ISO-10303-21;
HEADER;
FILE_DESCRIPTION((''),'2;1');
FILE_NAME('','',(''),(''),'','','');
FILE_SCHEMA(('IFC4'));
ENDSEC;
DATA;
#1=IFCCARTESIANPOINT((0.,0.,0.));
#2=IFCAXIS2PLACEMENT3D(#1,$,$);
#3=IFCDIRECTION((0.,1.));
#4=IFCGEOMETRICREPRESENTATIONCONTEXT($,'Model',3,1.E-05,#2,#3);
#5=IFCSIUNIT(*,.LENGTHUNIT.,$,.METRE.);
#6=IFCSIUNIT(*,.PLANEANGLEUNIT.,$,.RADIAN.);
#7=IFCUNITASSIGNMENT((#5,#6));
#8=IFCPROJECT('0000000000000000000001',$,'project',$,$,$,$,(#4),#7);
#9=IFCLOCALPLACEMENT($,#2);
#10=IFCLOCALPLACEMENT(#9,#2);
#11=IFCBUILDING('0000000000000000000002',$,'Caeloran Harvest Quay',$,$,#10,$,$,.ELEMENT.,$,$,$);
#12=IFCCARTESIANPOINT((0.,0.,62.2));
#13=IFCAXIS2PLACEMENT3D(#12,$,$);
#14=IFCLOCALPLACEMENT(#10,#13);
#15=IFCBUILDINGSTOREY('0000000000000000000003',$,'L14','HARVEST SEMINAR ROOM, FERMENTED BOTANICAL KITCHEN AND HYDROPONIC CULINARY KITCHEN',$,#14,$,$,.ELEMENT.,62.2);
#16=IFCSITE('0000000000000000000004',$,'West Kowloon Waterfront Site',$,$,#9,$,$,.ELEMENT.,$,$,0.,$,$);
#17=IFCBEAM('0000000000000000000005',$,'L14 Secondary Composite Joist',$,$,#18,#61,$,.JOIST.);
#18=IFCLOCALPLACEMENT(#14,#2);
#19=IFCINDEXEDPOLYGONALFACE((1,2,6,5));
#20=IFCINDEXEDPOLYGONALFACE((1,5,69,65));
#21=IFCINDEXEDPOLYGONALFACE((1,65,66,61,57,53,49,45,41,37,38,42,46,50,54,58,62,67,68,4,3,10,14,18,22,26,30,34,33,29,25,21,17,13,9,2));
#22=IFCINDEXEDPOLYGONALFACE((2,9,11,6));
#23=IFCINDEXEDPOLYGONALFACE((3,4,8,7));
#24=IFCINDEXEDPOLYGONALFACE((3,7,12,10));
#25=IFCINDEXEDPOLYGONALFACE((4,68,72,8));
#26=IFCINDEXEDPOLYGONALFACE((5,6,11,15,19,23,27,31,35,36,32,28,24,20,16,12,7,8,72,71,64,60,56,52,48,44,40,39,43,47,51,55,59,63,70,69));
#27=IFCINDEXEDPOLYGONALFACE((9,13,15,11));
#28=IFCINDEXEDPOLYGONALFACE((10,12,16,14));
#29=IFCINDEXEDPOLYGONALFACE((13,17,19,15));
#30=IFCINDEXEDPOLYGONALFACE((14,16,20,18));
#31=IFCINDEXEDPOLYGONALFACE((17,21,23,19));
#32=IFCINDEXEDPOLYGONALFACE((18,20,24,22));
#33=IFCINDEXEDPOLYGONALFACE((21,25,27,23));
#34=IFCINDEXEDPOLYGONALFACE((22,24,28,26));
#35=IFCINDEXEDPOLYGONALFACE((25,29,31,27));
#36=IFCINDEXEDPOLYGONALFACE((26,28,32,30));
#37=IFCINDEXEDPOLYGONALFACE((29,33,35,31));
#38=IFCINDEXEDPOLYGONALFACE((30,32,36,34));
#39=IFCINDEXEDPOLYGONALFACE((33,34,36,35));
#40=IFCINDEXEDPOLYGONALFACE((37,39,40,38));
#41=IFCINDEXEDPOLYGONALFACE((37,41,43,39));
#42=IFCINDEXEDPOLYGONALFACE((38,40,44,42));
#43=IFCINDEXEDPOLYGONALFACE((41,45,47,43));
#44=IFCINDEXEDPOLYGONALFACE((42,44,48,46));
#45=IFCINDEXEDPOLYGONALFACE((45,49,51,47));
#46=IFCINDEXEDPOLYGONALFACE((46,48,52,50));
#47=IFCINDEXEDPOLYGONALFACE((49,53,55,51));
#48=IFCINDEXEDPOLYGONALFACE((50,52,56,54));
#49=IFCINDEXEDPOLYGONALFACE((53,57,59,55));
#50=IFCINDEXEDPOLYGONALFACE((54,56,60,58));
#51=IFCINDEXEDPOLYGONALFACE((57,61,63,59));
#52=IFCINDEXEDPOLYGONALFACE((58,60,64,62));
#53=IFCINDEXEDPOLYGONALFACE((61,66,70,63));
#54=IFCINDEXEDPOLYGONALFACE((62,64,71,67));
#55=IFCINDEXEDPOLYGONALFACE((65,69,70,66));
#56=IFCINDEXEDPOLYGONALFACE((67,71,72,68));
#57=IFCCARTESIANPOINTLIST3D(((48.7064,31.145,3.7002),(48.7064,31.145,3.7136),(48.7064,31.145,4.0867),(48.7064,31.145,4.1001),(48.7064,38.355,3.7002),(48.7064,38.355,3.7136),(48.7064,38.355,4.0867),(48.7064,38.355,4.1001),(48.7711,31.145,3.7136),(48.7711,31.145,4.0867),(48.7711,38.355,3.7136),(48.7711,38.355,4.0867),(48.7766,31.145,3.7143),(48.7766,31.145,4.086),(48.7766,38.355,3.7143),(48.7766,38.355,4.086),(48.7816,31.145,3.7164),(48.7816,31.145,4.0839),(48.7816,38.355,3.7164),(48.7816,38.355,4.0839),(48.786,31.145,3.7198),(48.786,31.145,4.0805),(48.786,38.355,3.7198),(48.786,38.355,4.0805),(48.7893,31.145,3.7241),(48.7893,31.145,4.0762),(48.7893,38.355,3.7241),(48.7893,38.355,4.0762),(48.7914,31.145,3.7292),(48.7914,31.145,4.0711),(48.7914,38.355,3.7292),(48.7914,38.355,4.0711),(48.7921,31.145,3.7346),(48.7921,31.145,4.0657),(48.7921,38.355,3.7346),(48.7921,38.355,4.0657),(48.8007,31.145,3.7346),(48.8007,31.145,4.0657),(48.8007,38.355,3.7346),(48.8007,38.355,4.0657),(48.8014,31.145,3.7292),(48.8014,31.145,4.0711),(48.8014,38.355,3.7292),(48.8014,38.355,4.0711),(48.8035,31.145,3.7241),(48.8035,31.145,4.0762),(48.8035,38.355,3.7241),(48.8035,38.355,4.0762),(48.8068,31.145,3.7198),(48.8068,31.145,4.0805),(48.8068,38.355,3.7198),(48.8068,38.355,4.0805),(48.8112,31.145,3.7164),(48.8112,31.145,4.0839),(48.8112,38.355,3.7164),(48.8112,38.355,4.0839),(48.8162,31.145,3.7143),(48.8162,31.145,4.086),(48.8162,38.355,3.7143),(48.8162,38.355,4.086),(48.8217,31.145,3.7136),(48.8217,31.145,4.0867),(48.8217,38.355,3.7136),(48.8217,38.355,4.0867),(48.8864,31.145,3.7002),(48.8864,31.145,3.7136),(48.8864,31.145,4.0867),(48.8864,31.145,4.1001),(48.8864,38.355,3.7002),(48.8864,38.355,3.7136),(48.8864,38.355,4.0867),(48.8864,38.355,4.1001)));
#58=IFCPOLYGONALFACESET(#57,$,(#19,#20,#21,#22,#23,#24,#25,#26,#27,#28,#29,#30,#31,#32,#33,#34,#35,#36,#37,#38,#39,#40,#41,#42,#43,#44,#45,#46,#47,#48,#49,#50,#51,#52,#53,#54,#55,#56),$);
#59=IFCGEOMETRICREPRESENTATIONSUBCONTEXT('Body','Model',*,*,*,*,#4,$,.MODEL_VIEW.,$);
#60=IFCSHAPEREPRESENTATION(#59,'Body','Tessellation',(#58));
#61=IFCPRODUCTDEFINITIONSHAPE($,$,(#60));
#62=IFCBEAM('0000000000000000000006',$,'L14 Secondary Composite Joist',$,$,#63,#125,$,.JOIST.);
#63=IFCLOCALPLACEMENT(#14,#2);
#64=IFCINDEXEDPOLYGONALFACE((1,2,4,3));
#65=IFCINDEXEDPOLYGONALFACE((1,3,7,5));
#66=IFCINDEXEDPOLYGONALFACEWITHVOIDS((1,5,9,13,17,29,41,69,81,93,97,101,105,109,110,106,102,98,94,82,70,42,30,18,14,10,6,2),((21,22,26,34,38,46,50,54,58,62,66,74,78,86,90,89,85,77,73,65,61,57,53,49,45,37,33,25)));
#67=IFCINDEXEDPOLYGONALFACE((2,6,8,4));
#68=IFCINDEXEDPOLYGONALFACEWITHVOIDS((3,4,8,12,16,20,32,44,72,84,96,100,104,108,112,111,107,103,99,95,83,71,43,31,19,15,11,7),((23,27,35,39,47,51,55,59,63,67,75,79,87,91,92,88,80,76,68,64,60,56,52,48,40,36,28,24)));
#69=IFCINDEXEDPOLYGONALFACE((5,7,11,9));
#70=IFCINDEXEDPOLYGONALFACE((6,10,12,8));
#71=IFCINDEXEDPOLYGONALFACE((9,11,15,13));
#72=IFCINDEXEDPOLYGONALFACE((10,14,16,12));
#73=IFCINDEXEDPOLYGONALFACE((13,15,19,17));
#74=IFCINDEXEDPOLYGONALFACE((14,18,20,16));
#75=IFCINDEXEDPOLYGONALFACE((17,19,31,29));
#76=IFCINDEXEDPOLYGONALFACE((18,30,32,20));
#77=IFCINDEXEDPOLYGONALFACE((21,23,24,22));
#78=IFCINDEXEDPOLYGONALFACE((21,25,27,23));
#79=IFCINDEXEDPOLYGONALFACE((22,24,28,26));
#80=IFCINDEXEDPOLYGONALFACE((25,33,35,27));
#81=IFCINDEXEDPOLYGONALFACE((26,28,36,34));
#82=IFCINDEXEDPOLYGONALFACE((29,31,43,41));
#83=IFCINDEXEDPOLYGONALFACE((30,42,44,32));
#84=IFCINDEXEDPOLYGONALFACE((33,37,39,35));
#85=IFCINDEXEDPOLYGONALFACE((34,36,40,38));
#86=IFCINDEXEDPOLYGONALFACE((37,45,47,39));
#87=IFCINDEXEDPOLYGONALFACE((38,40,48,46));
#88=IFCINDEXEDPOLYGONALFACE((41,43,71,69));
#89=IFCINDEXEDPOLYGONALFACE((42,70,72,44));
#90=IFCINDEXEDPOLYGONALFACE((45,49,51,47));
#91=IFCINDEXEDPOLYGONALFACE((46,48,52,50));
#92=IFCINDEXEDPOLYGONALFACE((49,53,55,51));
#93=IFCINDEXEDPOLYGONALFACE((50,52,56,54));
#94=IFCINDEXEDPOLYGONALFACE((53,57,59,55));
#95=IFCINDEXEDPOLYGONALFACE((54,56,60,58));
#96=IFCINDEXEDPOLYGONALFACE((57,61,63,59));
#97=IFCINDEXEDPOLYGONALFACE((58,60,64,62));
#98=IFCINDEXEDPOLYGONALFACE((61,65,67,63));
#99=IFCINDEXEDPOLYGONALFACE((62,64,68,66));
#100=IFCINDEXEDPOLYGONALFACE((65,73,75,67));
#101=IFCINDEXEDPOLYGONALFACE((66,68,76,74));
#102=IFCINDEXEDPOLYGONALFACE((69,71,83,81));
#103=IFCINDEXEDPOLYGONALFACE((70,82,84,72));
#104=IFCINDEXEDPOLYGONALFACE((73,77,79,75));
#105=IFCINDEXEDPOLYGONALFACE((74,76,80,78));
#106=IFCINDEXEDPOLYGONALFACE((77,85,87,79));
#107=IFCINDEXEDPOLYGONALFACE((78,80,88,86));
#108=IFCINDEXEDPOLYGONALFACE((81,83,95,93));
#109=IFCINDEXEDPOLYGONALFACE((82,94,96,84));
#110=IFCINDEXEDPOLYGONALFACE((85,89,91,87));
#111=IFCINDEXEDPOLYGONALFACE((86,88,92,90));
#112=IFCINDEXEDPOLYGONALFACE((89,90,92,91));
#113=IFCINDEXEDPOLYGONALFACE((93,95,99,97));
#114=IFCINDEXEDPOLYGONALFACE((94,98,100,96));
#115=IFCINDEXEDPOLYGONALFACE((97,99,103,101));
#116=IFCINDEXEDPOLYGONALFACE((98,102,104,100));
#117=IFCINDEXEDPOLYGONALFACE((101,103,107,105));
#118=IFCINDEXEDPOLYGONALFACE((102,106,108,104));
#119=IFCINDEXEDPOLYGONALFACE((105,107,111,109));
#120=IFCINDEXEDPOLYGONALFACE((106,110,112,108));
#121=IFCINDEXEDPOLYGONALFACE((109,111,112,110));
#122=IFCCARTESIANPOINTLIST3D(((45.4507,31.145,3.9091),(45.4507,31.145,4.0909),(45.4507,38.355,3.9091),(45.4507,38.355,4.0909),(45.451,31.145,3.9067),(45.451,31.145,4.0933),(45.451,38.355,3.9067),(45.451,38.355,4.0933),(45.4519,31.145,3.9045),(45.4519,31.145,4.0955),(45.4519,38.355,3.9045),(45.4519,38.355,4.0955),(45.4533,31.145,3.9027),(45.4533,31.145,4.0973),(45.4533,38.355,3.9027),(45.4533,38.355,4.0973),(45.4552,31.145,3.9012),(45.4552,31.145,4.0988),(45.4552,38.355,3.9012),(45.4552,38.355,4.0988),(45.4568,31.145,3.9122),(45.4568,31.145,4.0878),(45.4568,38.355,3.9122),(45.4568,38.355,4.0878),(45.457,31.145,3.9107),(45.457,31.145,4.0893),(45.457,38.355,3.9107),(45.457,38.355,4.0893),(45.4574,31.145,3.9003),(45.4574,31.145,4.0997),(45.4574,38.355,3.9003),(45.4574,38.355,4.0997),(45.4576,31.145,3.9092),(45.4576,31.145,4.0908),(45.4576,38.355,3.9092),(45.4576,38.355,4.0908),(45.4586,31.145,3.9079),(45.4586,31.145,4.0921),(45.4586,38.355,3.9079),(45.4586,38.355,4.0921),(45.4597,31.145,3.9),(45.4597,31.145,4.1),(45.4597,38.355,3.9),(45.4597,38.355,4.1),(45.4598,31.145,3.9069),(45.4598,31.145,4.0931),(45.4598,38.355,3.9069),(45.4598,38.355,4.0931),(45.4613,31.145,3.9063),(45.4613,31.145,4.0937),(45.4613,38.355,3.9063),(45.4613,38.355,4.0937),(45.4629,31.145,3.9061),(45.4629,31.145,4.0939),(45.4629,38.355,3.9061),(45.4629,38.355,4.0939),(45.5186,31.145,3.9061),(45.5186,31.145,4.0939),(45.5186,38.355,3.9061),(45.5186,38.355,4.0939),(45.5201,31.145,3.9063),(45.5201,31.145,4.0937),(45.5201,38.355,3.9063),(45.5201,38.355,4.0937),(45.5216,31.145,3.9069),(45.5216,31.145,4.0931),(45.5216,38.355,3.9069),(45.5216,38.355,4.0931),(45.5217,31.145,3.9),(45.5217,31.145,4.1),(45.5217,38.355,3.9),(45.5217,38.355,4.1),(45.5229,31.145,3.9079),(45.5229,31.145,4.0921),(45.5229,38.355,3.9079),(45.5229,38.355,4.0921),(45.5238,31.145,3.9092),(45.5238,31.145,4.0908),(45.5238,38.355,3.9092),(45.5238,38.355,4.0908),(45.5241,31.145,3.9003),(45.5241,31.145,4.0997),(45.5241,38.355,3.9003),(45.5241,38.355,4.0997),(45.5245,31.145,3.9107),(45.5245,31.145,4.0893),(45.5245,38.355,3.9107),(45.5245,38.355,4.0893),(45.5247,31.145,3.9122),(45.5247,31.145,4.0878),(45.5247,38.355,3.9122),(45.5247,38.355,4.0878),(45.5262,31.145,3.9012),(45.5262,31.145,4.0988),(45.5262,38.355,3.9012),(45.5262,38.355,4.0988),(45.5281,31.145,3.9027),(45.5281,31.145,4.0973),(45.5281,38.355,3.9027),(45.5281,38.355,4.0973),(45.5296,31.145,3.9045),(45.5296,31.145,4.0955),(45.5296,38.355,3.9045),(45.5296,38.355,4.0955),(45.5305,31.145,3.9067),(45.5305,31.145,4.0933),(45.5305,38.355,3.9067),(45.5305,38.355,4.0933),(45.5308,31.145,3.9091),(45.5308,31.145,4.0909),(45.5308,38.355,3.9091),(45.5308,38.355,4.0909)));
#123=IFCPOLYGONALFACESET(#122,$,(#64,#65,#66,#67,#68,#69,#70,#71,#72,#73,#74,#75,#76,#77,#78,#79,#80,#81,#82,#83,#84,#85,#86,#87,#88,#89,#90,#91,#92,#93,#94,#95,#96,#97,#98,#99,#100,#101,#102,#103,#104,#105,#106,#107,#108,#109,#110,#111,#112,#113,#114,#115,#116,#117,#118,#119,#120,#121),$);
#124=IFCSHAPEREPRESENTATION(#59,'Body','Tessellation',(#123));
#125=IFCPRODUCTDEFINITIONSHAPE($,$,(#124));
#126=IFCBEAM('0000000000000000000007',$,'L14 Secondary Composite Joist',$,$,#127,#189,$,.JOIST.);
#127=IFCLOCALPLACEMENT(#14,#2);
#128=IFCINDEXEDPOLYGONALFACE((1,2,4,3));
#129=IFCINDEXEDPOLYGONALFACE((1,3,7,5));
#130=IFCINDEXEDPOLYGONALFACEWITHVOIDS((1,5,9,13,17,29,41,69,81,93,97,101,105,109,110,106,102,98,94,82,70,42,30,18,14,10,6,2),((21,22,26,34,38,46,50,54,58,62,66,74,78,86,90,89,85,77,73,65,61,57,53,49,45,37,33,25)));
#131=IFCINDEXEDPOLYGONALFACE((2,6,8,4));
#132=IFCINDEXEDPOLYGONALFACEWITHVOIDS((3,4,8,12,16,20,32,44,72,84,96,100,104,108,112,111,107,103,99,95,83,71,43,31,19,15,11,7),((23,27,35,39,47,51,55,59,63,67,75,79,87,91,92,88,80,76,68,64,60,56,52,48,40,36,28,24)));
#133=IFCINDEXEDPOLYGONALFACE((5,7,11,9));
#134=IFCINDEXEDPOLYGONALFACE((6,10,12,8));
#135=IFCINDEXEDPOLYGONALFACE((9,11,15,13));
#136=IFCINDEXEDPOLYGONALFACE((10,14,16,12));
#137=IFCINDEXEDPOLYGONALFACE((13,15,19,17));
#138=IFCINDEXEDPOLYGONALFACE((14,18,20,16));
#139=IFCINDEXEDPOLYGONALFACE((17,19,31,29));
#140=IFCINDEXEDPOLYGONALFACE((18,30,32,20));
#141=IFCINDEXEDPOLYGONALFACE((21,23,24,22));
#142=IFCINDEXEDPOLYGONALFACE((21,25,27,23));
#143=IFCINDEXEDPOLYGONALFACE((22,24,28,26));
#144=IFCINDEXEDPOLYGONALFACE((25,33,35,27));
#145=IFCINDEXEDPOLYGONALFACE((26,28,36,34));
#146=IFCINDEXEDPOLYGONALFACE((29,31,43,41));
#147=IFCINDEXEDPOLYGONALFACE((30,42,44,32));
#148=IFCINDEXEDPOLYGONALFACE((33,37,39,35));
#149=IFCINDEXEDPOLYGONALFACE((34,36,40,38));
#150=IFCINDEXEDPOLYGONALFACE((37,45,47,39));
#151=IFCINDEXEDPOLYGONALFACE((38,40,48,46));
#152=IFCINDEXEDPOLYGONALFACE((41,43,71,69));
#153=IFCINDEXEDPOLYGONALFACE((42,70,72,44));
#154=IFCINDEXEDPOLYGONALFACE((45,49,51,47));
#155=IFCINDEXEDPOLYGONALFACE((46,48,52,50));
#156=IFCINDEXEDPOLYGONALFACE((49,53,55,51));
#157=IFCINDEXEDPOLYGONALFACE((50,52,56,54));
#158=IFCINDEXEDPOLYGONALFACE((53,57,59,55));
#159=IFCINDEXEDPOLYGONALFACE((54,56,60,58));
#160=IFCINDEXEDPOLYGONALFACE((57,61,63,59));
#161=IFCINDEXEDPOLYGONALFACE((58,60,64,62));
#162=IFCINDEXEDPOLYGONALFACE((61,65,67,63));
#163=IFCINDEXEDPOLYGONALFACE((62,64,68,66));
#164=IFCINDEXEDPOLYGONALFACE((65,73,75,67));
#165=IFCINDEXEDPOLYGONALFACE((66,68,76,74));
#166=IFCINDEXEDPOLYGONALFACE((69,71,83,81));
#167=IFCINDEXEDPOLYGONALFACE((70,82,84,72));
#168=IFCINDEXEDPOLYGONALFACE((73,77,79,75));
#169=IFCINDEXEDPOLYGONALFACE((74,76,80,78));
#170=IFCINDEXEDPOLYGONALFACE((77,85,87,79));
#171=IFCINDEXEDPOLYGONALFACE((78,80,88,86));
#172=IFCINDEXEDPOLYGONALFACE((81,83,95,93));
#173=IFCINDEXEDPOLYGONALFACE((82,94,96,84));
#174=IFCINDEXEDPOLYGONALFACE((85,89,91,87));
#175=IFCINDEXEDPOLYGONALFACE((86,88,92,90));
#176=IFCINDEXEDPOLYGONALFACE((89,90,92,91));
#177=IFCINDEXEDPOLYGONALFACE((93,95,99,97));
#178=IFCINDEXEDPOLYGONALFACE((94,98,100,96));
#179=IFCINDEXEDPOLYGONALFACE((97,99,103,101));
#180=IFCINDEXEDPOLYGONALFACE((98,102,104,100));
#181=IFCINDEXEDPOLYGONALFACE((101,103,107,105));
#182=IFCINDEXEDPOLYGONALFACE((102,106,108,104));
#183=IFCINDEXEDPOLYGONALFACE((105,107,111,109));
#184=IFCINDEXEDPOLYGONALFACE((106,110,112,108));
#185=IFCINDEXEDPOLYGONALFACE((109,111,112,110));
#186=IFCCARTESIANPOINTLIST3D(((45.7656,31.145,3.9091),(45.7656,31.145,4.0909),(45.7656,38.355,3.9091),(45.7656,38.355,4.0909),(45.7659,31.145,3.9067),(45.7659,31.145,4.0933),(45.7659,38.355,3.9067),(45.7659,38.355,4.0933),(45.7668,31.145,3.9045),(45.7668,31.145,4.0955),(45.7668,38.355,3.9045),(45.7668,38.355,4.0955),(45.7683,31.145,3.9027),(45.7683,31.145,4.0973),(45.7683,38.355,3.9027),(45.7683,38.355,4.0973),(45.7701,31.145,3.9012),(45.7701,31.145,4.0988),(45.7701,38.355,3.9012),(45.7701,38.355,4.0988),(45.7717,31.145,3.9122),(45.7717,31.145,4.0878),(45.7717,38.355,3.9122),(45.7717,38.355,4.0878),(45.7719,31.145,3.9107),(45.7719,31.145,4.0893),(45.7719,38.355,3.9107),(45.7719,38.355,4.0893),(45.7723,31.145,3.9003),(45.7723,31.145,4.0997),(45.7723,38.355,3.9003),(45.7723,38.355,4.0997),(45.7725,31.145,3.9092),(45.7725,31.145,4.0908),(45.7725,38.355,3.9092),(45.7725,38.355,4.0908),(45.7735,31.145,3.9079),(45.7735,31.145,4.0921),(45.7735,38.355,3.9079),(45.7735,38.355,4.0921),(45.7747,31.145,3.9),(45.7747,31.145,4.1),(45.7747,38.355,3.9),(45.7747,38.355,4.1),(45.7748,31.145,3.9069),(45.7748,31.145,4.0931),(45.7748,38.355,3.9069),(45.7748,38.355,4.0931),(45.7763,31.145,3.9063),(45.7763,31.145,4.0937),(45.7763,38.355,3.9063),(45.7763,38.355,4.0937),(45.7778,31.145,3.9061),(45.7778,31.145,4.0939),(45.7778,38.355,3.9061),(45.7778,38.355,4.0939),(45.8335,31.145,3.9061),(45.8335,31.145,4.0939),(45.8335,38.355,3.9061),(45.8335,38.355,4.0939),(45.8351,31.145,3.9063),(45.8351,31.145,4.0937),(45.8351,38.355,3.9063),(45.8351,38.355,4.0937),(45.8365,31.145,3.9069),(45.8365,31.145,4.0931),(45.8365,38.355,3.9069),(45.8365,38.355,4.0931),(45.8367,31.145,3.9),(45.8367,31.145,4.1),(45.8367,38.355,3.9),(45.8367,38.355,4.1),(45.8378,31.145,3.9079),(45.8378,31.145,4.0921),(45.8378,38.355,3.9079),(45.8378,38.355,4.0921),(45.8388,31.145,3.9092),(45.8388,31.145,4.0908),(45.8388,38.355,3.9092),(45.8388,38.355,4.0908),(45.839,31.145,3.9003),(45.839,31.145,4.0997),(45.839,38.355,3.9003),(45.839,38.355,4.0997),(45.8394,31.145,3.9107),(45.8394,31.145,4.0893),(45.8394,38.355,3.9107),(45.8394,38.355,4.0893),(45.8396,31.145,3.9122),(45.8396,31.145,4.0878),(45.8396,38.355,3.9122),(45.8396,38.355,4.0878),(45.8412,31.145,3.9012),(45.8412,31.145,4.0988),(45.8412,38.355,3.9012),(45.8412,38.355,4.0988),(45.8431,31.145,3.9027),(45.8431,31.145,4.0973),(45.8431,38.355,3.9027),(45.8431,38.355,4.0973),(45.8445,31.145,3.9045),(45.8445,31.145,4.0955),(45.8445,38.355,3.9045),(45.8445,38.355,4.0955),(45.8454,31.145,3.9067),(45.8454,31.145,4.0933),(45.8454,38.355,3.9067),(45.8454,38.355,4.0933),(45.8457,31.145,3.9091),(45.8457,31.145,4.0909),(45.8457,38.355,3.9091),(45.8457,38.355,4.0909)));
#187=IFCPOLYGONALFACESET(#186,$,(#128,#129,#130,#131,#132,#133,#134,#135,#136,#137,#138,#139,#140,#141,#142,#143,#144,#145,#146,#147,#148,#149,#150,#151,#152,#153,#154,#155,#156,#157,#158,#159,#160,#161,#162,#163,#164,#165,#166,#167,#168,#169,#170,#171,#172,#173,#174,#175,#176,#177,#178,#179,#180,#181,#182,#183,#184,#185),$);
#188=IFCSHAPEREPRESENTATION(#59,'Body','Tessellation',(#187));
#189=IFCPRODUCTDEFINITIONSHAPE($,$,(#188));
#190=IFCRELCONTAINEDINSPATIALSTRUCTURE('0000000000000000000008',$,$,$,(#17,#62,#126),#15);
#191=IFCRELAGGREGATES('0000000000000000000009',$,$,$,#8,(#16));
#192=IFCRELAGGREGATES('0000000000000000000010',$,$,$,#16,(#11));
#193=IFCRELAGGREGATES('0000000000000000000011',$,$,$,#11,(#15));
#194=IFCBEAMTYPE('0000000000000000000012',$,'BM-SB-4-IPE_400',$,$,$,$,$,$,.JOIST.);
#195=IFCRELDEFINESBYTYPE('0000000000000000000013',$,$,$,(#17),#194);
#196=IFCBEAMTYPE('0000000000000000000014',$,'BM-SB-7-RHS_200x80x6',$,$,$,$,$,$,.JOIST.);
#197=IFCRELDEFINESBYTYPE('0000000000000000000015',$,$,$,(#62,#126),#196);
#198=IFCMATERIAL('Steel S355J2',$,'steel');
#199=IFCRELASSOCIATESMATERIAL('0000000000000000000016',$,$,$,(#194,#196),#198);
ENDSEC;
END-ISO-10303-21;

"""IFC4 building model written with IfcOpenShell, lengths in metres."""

from ifc_helpers import new_model, si_unit, direction, frame, origin, origin_2d, place, context, subcontext, project, spatial, hollow_rectangle, i_section, extrude, material, material_profile, profile_set, type_object, element, save


model = new_model("IFC4")

# Units and contexts
model_context = context("Model", 3, precision=1e-05, world=origin(), true_north=direction((0.0, 1.0)))
body_context = subcontext(model_context, "Body", "Model", "MODEL_VIEW")
ifc_project = project(units=[si_unit("LENGTHUNIT", "METRE"), si_unit("PLANEANGLEUNIT", "RADIAN")], contexts=[model_context])

# Site, building, storey
site_placement = place(None, origin())
site = spatial("IfcSite", under=ifc_project, at=site_placement, Name="West Kowloon Waterfront Site", CompositionType="ELEMENT", RefElevation=0.0)
building_placement = place(site_placement, origin())
building = spatial("IfcBuilding", under=site, at=building_placement, Name="Caeloran Harvest Quay", CompositionType="ELEMENT")
storey_placement = place(building_placement, frame((0.0, 0.0, 62.2)))
storey = spatial("IfcBuildingStorey", under=building, at=storey_placement, Name="L14", Description="HARVEST SEMINAR ROOM, FERMENTED BOTANICAL KITCHEN AND HYDROPONIC CULINARY KITCHEN", CompositionType="ELEMENT", Elevation=62.2)

# Beams
ifc_material_1 = material(Name="Steel S355J2", Category="steel")
ifc_material_profile_1 = material_profile(ifc_material_1, i_section(OverallWidth=0.1799, OverallDepth=0.3999, WebThickness=0.0085, FlangeThickness=0.0134, FilletRadius=0.021, at=origin_2d()), Name="IPE 400")
ifc_profile_set_1 = profile_set([ifc_material_profile_1], Name="Steel S355J2")
beam_type_1 = type_object("IfcBeamType", Name="BM-SB-4-IPE_400", PredefinedType="JOIST", material=ifc_profile_set_1)
for number, where, z_axis, x_axis, name in (
    (1, (48.7964, 31.145, 3.9001), (0.0, 1.0, 0.0), (-1.0, 0.0, 0.0), "L14 Secondary Composite Joist"),
):
    element("IfcBeam", number, at=place(storey_placement, frame(where, z_axis=z_axis, x_axis=x_axis)), inside=storey, type_object=beam_type_1, Name=name, PredefinedType="JOIST", context=body_context, shape_type="SweptSolid", body=[
        extrude(i_section(OverallWidth=0.1799, OverallDepth=0.3999, WebThickness=0.0085, FlangeThickness=0.0134, FilletRadius=0.021, at=origin_2d()), origin(), (0.0, 0.0, 1.0), 7.21),
    ])
ifc_material_profile_2 = material_profile(ifc_material_1, hollow_rectangle(XDim=0.0801, YDim=0.2, WallThickness=0.0061, InnerFilletRadius=0.0061, OuterFilletRadius=0.009, at=origin_2d()), Name="RHS 200x80x6")
ifc_profile_set_2 = profile_set([ifc_material_profile_2], Name="Steel S355J2")
beam_type_2 = type_object("IfcBeamType", Name="BM-SB-7-RHS_200x80x6", PredefinedType="JOIST", material=ifc_profile_set_2)
for number, where, z_axis, x_axis, name in (
    (2, (45.4907, 31.145, 4.0), (0.0, 1.0, 0.0), (-1.0, 0.0, 0.0), "L14 Secondary Composite Joist"),
    (3, (45.8057, 31.145, 4.0), (0.0, 1.0, 0.0), (-1.0, 0.0, 0.0), "L14 Secondary Composite Joist"),
):
    element("IfcBeam", number, at=place(storey_placement, frame(where, z_axis=z_axis, x_axis=x_axis)), inside=storey, type_object=beam_type_2, Name=name, PredefinedType="JOIST", context=body_context, shape_type="SweptSolid", body=[
        extrude(hollow_rectangle(XDim=0.0801, YDim=0.2, WallThickness=0.0061, InnerFilletRadius=0.0061, OuterFilletRadius=0.009, at=origin_2d()), origin(), (0.0, 0.0, 1.0), 7.21),
    ])

save(model, "model.ifc")
